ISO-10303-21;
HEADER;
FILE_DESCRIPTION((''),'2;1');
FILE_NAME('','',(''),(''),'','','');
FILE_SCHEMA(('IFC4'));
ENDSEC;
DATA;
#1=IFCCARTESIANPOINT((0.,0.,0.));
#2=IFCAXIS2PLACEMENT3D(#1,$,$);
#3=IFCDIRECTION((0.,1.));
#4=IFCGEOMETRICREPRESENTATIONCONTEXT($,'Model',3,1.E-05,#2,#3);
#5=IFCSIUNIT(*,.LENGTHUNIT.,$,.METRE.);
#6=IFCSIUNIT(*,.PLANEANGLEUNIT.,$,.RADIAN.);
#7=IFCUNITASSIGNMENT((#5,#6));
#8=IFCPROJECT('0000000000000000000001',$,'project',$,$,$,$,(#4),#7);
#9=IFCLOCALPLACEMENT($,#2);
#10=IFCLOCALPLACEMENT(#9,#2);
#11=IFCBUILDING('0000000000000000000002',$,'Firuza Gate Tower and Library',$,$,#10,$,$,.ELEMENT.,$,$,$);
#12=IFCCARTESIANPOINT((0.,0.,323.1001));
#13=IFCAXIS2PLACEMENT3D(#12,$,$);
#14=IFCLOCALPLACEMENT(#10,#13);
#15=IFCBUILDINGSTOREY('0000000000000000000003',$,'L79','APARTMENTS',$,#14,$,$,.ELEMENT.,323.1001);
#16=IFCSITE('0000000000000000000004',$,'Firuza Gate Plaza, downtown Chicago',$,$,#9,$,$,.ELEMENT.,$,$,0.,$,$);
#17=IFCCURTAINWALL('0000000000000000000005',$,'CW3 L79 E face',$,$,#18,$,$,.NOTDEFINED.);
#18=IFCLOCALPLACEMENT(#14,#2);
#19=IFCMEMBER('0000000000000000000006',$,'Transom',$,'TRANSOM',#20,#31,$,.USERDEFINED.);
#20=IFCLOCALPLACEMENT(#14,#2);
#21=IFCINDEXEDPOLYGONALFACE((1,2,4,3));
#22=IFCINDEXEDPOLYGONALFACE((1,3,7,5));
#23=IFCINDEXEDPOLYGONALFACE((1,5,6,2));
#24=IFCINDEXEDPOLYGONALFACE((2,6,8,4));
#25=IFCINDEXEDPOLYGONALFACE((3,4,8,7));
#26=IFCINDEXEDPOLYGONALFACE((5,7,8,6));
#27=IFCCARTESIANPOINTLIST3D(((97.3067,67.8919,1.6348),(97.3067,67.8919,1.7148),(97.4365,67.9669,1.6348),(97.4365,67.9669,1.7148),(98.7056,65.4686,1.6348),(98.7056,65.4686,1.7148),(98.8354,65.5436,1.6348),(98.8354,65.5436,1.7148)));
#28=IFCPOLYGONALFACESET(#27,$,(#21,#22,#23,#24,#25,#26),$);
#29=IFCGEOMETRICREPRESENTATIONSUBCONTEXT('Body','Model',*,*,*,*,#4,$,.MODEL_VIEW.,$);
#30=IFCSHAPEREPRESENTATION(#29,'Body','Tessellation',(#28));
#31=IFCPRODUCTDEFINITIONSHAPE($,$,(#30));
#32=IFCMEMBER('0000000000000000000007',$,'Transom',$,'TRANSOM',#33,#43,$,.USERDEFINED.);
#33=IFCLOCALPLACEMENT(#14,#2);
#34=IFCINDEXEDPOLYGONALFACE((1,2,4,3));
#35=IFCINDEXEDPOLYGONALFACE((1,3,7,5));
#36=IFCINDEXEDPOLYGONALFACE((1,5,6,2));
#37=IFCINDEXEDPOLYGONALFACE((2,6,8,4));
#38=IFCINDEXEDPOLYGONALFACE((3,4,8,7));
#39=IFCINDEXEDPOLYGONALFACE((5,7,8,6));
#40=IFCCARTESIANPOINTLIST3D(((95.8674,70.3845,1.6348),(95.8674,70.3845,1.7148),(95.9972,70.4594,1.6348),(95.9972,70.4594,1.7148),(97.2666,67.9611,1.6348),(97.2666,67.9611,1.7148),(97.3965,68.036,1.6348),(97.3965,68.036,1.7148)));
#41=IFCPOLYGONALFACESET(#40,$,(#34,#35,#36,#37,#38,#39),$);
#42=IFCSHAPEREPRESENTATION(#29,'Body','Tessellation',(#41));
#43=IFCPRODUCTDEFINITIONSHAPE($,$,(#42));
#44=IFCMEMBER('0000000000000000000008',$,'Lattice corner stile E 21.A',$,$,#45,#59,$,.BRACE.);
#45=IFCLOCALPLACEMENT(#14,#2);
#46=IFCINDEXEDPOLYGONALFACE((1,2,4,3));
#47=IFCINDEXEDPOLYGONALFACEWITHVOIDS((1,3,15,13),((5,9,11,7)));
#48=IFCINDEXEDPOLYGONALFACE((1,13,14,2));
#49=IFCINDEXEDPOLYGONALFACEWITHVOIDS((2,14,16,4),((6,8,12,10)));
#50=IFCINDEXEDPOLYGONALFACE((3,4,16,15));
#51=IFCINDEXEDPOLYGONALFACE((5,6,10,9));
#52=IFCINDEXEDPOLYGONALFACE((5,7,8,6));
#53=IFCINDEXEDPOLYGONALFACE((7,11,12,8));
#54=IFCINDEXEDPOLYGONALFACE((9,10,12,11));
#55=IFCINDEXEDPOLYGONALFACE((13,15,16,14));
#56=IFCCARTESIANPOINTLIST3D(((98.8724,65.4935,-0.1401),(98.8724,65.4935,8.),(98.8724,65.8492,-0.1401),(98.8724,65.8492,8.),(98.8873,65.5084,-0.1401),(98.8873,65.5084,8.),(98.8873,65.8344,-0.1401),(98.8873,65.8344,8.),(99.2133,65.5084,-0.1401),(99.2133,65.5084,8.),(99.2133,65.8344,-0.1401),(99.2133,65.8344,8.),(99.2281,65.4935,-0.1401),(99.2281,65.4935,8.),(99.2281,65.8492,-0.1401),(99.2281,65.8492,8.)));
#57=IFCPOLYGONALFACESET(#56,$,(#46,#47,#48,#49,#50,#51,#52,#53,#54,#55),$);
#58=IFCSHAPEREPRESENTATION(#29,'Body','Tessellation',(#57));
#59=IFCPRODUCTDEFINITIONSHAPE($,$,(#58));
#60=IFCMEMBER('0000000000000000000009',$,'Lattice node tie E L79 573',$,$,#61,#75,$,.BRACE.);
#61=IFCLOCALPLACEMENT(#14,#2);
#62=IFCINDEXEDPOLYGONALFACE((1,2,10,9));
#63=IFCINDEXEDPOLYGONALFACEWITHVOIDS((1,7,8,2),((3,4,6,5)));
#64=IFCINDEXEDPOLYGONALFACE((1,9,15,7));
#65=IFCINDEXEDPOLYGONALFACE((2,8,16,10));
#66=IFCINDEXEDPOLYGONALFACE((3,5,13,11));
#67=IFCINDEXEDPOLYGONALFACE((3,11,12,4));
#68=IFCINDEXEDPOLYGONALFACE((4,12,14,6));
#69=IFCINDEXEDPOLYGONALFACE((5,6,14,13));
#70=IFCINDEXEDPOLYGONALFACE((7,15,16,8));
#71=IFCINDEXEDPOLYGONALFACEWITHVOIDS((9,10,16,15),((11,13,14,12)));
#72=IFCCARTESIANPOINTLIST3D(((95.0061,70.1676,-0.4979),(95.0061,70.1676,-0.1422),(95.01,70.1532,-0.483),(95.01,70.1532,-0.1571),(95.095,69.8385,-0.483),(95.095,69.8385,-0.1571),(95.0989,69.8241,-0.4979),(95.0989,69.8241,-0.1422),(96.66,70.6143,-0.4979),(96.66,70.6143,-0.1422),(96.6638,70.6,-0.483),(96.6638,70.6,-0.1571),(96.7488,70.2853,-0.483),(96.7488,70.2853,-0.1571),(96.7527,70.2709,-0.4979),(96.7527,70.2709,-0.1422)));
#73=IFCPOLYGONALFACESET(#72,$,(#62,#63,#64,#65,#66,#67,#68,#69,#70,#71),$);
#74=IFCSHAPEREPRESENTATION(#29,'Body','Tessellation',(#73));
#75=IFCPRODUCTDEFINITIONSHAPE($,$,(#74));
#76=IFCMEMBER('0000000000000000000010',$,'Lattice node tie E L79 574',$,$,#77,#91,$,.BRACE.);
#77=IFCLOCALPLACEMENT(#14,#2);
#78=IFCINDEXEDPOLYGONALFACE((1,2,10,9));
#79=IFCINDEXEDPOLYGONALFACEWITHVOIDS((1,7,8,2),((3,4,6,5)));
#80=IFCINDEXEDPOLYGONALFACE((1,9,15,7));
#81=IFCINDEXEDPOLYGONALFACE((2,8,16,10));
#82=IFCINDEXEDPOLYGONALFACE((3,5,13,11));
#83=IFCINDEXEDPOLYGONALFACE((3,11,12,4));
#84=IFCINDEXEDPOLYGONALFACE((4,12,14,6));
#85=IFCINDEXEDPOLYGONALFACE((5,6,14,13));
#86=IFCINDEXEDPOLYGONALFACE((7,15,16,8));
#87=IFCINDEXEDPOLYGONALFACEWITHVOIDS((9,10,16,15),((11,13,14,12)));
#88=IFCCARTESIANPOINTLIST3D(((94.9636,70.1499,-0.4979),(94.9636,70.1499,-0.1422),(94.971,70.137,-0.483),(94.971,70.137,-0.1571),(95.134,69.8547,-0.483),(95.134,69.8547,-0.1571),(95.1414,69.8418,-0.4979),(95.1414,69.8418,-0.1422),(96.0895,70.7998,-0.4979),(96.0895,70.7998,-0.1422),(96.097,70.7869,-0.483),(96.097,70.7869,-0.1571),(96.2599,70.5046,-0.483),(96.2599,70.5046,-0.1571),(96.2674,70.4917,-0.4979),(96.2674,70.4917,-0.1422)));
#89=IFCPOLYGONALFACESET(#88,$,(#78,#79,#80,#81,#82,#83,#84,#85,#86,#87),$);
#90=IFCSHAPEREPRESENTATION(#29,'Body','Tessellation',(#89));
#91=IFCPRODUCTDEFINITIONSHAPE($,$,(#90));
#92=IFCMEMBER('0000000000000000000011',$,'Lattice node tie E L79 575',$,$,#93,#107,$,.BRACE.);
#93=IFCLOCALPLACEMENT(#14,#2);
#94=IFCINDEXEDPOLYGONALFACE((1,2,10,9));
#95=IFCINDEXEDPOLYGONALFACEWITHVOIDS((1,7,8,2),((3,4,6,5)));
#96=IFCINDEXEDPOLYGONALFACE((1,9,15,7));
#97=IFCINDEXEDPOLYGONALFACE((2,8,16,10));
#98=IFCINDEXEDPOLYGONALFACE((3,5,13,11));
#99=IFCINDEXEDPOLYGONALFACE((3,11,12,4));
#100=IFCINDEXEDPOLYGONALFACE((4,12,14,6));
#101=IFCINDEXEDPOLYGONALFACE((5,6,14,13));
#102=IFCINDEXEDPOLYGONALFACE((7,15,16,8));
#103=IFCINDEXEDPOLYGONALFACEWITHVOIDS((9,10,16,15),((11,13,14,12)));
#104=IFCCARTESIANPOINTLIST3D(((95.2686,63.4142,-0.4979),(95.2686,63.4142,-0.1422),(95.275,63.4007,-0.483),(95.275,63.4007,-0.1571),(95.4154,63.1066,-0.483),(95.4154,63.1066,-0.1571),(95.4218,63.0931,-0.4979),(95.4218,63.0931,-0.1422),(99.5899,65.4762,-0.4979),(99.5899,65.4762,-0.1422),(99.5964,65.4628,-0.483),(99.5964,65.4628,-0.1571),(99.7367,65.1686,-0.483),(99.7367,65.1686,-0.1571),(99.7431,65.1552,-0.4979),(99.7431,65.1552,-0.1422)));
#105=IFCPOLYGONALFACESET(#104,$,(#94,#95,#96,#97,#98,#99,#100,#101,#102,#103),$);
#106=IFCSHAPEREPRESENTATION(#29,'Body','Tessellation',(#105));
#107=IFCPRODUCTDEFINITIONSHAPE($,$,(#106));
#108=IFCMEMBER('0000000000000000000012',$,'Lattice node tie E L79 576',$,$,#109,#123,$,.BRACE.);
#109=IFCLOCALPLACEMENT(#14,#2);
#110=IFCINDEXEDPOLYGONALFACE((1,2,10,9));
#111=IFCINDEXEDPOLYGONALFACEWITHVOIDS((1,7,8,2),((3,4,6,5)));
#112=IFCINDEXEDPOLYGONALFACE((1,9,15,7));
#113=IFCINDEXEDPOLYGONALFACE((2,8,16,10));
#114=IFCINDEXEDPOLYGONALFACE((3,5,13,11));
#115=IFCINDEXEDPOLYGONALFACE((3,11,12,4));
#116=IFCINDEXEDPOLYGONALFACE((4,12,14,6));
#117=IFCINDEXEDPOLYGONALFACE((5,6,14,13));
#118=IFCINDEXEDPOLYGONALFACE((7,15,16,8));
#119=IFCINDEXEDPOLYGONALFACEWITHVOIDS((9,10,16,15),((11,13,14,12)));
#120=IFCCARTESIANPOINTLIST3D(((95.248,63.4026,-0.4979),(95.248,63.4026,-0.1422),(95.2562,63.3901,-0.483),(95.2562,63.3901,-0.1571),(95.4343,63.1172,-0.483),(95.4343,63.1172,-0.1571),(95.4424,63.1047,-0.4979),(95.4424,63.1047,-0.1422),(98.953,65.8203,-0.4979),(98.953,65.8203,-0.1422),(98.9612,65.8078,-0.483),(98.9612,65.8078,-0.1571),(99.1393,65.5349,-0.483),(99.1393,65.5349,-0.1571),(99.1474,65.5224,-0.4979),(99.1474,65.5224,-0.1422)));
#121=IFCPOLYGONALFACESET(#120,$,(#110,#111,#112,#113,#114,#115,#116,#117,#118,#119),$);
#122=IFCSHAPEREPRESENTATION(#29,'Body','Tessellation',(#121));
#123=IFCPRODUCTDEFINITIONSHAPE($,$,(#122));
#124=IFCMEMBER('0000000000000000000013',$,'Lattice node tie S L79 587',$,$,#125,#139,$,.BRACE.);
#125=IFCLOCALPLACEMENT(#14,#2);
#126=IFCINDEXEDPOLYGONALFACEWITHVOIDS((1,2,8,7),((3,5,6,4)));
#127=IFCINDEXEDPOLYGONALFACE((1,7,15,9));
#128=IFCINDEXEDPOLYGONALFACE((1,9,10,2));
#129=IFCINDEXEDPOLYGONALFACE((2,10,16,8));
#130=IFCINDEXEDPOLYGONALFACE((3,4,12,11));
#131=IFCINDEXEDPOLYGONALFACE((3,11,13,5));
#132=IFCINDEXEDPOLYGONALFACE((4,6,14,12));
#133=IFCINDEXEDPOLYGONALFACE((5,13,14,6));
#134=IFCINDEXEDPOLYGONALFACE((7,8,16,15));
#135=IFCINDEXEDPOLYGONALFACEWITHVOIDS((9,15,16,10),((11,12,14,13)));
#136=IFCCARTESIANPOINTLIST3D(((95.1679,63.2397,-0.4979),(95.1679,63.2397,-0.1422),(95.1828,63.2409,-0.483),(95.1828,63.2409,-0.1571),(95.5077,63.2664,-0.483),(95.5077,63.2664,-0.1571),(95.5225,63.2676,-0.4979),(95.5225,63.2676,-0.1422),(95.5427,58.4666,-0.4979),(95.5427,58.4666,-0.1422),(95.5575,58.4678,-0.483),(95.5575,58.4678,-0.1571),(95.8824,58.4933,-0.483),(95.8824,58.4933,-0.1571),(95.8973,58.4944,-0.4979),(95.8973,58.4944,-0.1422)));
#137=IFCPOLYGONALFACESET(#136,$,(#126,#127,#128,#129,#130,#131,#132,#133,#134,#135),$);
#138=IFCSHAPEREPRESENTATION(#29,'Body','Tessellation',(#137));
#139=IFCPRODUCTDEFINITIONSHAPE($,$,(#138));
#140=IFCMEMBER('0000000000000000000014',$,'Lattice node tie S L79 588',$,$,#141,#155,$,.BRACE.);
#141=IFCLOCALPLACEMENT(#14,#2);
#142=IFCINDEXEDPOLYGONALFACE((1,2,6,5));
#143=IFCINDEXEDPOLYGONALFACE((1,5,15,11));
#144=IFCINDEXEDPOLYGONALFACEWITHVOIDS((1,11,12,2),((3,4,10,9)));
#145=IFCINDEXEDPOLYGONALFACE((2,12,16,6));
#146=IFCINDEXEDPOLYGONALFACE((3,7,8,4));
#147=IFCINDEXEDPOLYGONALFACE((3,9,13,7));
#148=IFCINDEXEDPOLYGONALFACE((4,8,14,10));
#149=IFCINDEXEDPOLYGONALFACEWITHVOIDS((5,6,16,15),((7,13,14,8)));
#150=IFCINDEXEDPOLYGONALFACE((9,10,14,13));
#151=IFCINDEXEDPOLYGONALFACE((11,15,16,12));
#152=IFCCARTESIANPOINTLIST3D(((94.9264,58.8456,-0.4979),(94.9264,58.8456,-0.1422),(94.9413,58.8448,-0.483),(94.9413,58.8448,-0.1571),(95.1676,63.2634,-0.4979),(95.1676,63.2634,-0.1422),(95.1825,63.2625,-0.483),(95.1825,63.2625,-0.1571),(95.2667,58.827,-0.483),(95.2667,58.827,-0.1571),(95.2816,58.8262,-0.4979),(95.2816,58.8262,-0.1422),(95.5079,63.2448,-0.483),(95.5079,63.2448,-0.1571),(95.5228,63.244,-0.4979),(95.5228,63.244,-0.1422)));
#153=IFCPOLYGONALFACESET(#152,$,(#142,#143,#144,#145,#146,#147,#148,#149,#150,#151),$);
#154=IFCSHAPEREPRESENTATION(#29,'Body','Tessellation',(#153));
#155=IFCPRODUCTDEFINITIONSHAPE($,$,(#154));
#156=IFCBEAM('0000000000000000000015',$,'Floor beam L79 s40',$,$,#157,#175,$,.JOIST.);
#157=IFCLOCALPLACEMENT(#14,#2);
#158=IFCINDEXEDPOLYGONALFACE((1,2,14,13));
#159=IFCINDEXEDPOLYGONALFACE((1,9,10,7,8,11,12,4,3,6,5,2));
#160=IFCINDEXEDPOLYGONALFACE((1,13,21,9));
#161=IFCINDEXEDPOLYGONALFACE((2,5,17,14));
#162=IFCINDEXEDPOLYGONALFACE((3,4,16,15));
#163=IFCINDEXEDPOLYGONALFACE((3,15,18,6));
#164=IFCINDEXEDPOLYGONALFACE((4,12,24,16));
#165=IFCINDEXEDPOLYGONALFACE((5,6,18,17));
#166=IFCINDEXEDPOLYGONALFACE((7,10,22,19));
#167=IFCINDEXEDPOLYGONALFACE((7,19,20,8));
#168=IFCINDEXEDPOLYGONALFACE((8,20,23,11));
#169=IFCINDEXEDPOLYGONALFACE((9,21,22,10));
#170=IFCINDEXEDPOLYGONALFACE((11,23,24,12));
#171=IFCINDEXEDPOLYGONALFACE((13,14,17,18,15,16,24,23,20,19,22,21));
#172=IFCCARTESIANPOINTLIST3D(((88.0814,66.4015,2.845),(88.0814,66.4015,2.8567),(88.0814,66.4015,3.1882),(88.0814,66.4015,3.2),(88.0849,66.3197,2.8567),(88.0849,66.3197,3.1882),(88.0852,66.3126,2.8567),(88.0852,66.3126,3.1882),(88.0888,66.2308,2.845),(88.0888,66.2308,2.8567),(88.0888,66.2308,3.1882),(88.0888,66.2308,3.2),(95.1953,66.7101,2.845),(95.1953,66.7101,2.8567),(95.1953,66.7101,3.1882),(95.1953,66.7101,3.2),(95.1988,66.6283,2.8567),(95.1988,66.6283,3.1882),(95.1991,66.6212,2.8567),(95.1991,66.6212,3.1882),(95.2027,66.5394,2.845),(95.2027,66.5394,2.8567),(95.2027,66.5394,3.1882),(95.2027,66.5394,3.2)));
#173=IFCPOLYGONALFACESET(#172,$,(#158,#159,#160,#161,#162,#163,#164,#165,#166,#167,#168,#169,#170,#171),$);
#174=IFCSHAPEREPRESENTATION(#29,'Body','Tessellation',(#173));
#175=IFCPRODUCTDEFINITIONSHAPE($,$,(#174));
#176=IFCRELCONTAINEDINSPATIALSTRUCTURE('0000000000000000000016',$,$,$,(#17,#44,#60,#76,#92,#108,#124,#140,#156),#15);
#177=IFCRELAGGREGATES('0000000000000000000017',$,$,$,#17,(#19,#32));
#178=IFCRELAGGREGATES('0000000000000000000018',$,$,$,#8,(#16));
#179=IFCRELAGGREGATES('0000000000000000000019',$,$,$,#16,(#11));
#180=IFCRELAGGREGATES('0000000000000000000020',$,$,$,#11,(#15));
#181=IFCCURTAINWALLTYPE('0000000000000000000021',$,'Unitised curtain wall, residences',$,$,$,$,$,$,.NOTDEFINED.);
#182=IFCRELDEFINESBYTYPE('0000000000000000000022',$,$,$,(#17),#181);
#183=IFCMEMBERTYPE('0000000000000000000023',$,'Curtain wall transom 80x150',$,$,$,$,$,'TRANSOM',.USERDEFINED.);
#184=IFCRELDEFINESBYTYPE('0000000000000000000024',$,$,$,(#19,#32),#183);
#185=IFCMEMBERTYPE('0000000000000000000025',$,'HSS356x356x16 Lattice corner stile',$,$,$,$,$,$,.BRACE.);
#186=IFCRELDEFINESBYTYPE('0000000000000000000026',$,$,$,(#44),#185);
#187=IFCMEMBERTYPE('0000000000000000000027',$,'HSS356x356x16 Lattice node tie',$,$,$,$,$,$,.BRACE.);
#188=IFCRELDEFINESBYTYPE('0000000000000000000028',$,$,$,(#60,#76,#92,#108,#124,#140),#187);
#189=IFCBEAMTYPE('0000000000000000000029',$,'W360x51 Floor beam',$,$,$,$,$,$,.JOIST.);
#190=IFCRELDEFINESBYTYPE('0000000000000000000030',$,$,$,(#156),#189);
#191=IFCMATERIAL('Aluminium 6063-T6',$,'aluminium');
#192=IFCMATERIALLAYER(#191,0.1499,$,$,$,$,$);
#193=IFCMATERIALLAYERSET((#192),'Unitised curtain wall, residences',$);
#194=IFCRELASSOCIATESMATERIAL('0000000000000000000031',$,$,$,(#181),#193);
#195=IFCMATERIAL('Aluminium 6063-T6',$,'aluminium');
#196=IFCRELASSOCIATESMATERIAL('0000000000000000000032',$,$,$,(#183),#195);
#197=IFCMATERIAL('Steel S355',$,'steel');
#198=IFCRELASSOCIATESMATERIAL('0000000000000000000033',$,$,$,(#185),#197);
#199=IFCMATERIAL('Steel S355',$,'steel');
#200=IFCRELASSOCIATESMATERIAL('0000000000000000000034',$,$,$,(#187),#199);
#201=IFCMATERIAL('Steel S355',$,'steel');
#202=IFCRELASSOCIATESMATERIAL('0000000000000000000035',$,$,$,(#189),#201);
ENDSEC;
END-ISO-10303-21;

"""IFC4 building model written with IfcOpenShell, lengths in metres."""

from ifc_helpers import new_model, si_unit, direction, frame, origin, origin_2d, place, context, subcontext, project, spatial, rectangle, hollow_rectangle, i_section, extrude, material, layer, layer_set, material_profile, profile_set, type_object, element, aggregate, save


model = new_model("IFC4")

# Units and contexts
model_context = context("Model", 3, precision=1e-05, world=origin(), true_north=direction((0.0, 1.0)))
body_context = subcontext(model_context, "Body", "Model", "MODEL_VIEW")
ifc_project = project(units=[si_unit("LENGTHUNIT", "METRE"), si_unit("PLANEANGLEUNIT", "RADIAN")], contexts=[model_context])

# Site, building, storey
site_placement = place(None, origin())
site = spatial("IfcSite", under=ifc_project, at=site_placement, Name="Firuza Gate Plaza, downtown Chicago", CompositionType="ELEMENT", RefElevation=0.0)
building_placement = place(site_placement, origin())
building = spatial("IfcBuilding", under=site, at=building_placement, Name="Firuza Gate Tower and Library", CompositionType="ELEMENT")
storey_placement = place(building_placement, frame((0.0, 0.0, 323.1001)))
storey = spatial("IfcBuildingStorey", under=building, at=storey_placement, Name="L79", Description="APARTMENTS", CompositionType="ELEMENT", Elevation=323.1001)

# Curtain wall, members
ifc_material_1 = material(Name="Aluminium 6063-T6", Category="aluminium")
ifc_layer_1 = layer(ifc_material_1, 0.1499)
ifc_layer_set_1 = layer_set([ifc_layer_1], Name="Unitised curtain wall, residences")
curtain_wall_type = type_object("IfcCurtainWallType", Name="Unitised curtain wall, residences", PredefinedType="NOTDEFINED", material=ifc_layer_set_1)
curtain_wall_placement = place(storey_placement, origin())
curtain_wall = element("IfcCurtainWall", 1, at=curtain_wall_placement, inside=storey, type_object=curtain_wall_type, Name="CW3 L79 E face", PredefinedType="NOTDEFINED")
ifc_material_2 = material(Name="Aluminium 6063-T6", Category="aluminium")
ifc_material_profile_1 = material_profile(ifc_material_2, rectangle(XDim=0.1499, YDim=0.0801, at=origin_2d()))
ifc_profile_set_1 = profile_set([ifc_material_profile_1], Name="Aluminium 6063-T6")
member_type_1 = type_object("IfcMemberType", Name="Curtain wall transom 80x150", ElementType="TRANSOM", PredefinedType="USERDEFINED", material=ifc_profile_set_1)
member_1_placement = place(storey_placement, frame((98.7705, 65.5061, 1.6748), z_axis=(-0.499949, 0.866055, 0.0), x_axis=(-0.866055, -0.499949, 0.0)))
member_1 = element("IfcMember", 2, at=member_1_placement, type_object=member_type_1, Name="Transom", ObjectType="TRANSOM", PredefinedType="USERDEFINED", context=body_context, shape_type="SweptSolid", body=[
    extrude(rectangle(XDim=0.1499, YDim=0.0801, at=origin_2d()), origin(), (0.0, 0.0, 1.0), 2.7981),
])
member_2_placement = place(storey_placement, frame((97.3315, 67.9985, 1.6748), z_axis=(-0.500014, 0.866017, 0.0), x_axis=(-0.866017, -0.500014, 0.0)))
member_2 = element("IfcMember", 3, at=member_2_placement, type_object=member_type_1, Name="Transom", ObjectType="TRANSOM", PredefinedType="USERDEFINED", context=body_context, shape_type="SweptSolid", body=[
    extrude(rectangle(XDim=0.1499, YDim=0.0801, at=origin_2d()), origin(), (0.0, 0.0, 1.0), 2.7983),
])

# Members
ifc_material_3 = material(Name="Steel S355", Category="steel")
ifc_material_profile_2 = material_profile(ifc_material_3, hollow_rectangle(XDim=0.3557, YDim=0.3557, WallThickness=0.0149, at=origin_2d()))
ifc_profile_set_2 = profile_set([ifc_material_profile_2], Name="Steel S355")
member_type_2 = type_object("IfcMemberType", Name="HSS356x356x16 Lattice corner stile", PredefinedType="BRACE", material=ifc_profile_set_2)
member_3_placement = place(storey_placement, frame((99.0503, 65.6714, -0.1401), z_axis=(0.0, 0.0, 1.0), x_axis=(1.0, 0.0, 0.0)))
element("IfcMember", 4, at=member_3_placement, inside=storey, type_object=member_type_2, Name="Lattice corner stile E 21.A", PredefinedType="BRACE", context=body_context, shape_type="SweptSolid", body=[
    extrude(hollow_rectangle(XDim=0.3557, YDim=0.3557, WallThickness=0.0149, at=origin_2d()), origin(), (0.0, 0.0, 1.0), 8.1401),
])
ifc_material_4 = material(Name="Steel S355", Category="steel")
ifc_material_profile_3 = material_profile(ifc_material_4, hollow_rectangle(XDim=0.3557, YDim=0.3557, WallThickness=0.0149, at=origin_2d()))
ifc_profile_set_3 = profile_set([ifc_material_profile_3], Name="Steel S355")
member_type_3 = type_object("IfcMemberType", Name="HSS356x356x16 Lattice node tie", PredefinedType="BRACE", material=ifc_profile_set_3)
member_4_placement = place(storey_placement, frame((95.0525, 69.9958, -0.3201), z_axis=(0.965392, 0.260801, 0.0), x_axis=(-0.260801, 0.965392, 0.0)))
element("IfcMember", 5, at=member_4_placement, inside=storey, type_object=member_type_3, Name="Lattice node tie E L79 573", PredefinedType="BRACE", context=body_context, shape_type="SweptSolid", body=[
    extrude(hollow_rectangle(XDim=0.3557, YDim=0.3557, WallThickness=0.0149, at=origin_2d()), origin(), (0.0, 0.0, 1.0), 1.7131),
])
member_5_placement = place(storey_placement, frame((95.0525, 69.9958, -0.3201), z_axis=(0.866086, 0.499896, 0.0), x_axis=(-0.499896, 0.866086, 0.0)))
element("IfcMember", 6, at=member_5_placement, inside=storey, type_object=member_type_3, Name="Lattice node tie E L79 574", PredefinedType="BRACE", context=body_context, shape_type="SweptSolid", body=[
    extrude(hollow_rectangle(XDim=0.3557, YDim=0.3557, WallThickness=0.0149, at=origin_2d()), origin(), (0.0, 0.0, 1.0), 1.3),
])
member_6_placement = place(storey_placement, frame((95.3452, 63.2537, -0.3201), z_axis=(0.902515, 0.430658, 0.0), x_axis=(-0.430658, 0.902515, 0.0)))
element("IfcMember", 7, at=member_6_placement, inside=storey, type_object=member_type_3, Name="Lattice node tie E L79 575", PredefinedType="BRACE", context=body_context, shape_type="SweptSolid", body=[
    extrude(hollow_rectangle(XDim=0.3557, YDim=0.3557, WallThickness=0.0149, at=origin_2d()), origin(), (0.0, 0.0, 1.0), 4.7881),
])
member_7_placement = place(storey_placement, frame((95.3452, 63.2537, -0.3201), z_axis=(0.837469, 0.546485, 0.0), x_axis=(-0.546485, 0.837469, 0.0)))
element("IfcMember", 8, at=member_7_placement, inside=storey, type_object=member_type_3, Name="Lattice node tie E L79 576", PredefinedType="BRACE", context=body_context, shape_type="SweptSolid", body=[
    extrude(hollow_rectangle(XDim=0.3557, YDim=0.3557, WallThickness=0.0149, at=origin_2d()), origin(), (0.0, 0.0, 1.0), 4.4241),
])
member_8_placement = place(storey_placement, frame((95.3452, 63.2537, -0.3201), z_axis=(0.078272, -0.996932, 0.0), x_axis=(0.996932, 0.078272, 0.0)))
element("IfcMember", 9, at=member_8_placement, inside=storey, type_object=member_type_3, Name="Lattice node tie S L79 587", PredefinedType="BRACE", context=body_context, shape_type="SweptSolid", body=[
    extrude(hollow_rectangle(XDim=0.3557, YDim=0.3557, WallThickness=0.0149, at=origin_2d()), origin(), (0.0, 0.0, 1.0), 4.7878),
])
member_9_placement = place(storey_placement, frame((95.3452, 63.2537, -0.3201), z_axis=(-0.05452, -0.998513, 0.0), x_axis=(0.998513, -0.05452, 0.0)))
element("IfcMember", 10, at=member_9_placement, inside=storey, type_object=member_type_3, Name="Lattice node tie S L79 588", PredefinedType="BRACE", context=body_context, shape_type="SweptSolid", body=[
    extrude(hollow_rectangle(XDim=0.3557, YDim=0.3557, WallThickness=0.0149, at=origin_2d()), origin(), (0.0, 0.0, 1.0), 4.4243),
])

# Beam
ifc_material_5 = material(Name="Steel S355", Category="steel")
ifc_material_profile_4 = material_profile(ifc_material_5, i_section(OverallWidth=0.1709, OverallDepth=0.355, WebThickness=0.0071, FlangeThickness=0.0117, at=origin_2d()))
ifc_profile_set_4 = profile_set([ifc_material_profile_4], Name="Steel S355")
beam_type_1 = type_object("IfcBeamType", Name="W360x51 Floor beam", PredefinedType="JOIST", material=ifc_profile_set_4)
beam_1_placement = place(storey_placement, frame((95.199, 66.6248, 3.0225), z_axis=(-0.99906, -0.043338, 0.0), x_axis=(0.043338, -0.99906, 0.0)))
element("IfcBeam", 11, at=beam_1_placement, inside=storey, type_object=beam_type_1, Name="Floor beam L79 s40", PredefinedType="JOIST", context=body_context, shape_type="SweptSolid", body=[
    extrude(i_section(OverallWidth=0.1709, OverallDepth=0.355, WebThickness=0.0071, FlangeThickness=0.0117, at=origin_2d()), origin(), (0.0, 0.0, 1.0), 7.1206),
])

aggregate(curtain_wall, [member_1, member_2])

save(model, "model.ifc")
